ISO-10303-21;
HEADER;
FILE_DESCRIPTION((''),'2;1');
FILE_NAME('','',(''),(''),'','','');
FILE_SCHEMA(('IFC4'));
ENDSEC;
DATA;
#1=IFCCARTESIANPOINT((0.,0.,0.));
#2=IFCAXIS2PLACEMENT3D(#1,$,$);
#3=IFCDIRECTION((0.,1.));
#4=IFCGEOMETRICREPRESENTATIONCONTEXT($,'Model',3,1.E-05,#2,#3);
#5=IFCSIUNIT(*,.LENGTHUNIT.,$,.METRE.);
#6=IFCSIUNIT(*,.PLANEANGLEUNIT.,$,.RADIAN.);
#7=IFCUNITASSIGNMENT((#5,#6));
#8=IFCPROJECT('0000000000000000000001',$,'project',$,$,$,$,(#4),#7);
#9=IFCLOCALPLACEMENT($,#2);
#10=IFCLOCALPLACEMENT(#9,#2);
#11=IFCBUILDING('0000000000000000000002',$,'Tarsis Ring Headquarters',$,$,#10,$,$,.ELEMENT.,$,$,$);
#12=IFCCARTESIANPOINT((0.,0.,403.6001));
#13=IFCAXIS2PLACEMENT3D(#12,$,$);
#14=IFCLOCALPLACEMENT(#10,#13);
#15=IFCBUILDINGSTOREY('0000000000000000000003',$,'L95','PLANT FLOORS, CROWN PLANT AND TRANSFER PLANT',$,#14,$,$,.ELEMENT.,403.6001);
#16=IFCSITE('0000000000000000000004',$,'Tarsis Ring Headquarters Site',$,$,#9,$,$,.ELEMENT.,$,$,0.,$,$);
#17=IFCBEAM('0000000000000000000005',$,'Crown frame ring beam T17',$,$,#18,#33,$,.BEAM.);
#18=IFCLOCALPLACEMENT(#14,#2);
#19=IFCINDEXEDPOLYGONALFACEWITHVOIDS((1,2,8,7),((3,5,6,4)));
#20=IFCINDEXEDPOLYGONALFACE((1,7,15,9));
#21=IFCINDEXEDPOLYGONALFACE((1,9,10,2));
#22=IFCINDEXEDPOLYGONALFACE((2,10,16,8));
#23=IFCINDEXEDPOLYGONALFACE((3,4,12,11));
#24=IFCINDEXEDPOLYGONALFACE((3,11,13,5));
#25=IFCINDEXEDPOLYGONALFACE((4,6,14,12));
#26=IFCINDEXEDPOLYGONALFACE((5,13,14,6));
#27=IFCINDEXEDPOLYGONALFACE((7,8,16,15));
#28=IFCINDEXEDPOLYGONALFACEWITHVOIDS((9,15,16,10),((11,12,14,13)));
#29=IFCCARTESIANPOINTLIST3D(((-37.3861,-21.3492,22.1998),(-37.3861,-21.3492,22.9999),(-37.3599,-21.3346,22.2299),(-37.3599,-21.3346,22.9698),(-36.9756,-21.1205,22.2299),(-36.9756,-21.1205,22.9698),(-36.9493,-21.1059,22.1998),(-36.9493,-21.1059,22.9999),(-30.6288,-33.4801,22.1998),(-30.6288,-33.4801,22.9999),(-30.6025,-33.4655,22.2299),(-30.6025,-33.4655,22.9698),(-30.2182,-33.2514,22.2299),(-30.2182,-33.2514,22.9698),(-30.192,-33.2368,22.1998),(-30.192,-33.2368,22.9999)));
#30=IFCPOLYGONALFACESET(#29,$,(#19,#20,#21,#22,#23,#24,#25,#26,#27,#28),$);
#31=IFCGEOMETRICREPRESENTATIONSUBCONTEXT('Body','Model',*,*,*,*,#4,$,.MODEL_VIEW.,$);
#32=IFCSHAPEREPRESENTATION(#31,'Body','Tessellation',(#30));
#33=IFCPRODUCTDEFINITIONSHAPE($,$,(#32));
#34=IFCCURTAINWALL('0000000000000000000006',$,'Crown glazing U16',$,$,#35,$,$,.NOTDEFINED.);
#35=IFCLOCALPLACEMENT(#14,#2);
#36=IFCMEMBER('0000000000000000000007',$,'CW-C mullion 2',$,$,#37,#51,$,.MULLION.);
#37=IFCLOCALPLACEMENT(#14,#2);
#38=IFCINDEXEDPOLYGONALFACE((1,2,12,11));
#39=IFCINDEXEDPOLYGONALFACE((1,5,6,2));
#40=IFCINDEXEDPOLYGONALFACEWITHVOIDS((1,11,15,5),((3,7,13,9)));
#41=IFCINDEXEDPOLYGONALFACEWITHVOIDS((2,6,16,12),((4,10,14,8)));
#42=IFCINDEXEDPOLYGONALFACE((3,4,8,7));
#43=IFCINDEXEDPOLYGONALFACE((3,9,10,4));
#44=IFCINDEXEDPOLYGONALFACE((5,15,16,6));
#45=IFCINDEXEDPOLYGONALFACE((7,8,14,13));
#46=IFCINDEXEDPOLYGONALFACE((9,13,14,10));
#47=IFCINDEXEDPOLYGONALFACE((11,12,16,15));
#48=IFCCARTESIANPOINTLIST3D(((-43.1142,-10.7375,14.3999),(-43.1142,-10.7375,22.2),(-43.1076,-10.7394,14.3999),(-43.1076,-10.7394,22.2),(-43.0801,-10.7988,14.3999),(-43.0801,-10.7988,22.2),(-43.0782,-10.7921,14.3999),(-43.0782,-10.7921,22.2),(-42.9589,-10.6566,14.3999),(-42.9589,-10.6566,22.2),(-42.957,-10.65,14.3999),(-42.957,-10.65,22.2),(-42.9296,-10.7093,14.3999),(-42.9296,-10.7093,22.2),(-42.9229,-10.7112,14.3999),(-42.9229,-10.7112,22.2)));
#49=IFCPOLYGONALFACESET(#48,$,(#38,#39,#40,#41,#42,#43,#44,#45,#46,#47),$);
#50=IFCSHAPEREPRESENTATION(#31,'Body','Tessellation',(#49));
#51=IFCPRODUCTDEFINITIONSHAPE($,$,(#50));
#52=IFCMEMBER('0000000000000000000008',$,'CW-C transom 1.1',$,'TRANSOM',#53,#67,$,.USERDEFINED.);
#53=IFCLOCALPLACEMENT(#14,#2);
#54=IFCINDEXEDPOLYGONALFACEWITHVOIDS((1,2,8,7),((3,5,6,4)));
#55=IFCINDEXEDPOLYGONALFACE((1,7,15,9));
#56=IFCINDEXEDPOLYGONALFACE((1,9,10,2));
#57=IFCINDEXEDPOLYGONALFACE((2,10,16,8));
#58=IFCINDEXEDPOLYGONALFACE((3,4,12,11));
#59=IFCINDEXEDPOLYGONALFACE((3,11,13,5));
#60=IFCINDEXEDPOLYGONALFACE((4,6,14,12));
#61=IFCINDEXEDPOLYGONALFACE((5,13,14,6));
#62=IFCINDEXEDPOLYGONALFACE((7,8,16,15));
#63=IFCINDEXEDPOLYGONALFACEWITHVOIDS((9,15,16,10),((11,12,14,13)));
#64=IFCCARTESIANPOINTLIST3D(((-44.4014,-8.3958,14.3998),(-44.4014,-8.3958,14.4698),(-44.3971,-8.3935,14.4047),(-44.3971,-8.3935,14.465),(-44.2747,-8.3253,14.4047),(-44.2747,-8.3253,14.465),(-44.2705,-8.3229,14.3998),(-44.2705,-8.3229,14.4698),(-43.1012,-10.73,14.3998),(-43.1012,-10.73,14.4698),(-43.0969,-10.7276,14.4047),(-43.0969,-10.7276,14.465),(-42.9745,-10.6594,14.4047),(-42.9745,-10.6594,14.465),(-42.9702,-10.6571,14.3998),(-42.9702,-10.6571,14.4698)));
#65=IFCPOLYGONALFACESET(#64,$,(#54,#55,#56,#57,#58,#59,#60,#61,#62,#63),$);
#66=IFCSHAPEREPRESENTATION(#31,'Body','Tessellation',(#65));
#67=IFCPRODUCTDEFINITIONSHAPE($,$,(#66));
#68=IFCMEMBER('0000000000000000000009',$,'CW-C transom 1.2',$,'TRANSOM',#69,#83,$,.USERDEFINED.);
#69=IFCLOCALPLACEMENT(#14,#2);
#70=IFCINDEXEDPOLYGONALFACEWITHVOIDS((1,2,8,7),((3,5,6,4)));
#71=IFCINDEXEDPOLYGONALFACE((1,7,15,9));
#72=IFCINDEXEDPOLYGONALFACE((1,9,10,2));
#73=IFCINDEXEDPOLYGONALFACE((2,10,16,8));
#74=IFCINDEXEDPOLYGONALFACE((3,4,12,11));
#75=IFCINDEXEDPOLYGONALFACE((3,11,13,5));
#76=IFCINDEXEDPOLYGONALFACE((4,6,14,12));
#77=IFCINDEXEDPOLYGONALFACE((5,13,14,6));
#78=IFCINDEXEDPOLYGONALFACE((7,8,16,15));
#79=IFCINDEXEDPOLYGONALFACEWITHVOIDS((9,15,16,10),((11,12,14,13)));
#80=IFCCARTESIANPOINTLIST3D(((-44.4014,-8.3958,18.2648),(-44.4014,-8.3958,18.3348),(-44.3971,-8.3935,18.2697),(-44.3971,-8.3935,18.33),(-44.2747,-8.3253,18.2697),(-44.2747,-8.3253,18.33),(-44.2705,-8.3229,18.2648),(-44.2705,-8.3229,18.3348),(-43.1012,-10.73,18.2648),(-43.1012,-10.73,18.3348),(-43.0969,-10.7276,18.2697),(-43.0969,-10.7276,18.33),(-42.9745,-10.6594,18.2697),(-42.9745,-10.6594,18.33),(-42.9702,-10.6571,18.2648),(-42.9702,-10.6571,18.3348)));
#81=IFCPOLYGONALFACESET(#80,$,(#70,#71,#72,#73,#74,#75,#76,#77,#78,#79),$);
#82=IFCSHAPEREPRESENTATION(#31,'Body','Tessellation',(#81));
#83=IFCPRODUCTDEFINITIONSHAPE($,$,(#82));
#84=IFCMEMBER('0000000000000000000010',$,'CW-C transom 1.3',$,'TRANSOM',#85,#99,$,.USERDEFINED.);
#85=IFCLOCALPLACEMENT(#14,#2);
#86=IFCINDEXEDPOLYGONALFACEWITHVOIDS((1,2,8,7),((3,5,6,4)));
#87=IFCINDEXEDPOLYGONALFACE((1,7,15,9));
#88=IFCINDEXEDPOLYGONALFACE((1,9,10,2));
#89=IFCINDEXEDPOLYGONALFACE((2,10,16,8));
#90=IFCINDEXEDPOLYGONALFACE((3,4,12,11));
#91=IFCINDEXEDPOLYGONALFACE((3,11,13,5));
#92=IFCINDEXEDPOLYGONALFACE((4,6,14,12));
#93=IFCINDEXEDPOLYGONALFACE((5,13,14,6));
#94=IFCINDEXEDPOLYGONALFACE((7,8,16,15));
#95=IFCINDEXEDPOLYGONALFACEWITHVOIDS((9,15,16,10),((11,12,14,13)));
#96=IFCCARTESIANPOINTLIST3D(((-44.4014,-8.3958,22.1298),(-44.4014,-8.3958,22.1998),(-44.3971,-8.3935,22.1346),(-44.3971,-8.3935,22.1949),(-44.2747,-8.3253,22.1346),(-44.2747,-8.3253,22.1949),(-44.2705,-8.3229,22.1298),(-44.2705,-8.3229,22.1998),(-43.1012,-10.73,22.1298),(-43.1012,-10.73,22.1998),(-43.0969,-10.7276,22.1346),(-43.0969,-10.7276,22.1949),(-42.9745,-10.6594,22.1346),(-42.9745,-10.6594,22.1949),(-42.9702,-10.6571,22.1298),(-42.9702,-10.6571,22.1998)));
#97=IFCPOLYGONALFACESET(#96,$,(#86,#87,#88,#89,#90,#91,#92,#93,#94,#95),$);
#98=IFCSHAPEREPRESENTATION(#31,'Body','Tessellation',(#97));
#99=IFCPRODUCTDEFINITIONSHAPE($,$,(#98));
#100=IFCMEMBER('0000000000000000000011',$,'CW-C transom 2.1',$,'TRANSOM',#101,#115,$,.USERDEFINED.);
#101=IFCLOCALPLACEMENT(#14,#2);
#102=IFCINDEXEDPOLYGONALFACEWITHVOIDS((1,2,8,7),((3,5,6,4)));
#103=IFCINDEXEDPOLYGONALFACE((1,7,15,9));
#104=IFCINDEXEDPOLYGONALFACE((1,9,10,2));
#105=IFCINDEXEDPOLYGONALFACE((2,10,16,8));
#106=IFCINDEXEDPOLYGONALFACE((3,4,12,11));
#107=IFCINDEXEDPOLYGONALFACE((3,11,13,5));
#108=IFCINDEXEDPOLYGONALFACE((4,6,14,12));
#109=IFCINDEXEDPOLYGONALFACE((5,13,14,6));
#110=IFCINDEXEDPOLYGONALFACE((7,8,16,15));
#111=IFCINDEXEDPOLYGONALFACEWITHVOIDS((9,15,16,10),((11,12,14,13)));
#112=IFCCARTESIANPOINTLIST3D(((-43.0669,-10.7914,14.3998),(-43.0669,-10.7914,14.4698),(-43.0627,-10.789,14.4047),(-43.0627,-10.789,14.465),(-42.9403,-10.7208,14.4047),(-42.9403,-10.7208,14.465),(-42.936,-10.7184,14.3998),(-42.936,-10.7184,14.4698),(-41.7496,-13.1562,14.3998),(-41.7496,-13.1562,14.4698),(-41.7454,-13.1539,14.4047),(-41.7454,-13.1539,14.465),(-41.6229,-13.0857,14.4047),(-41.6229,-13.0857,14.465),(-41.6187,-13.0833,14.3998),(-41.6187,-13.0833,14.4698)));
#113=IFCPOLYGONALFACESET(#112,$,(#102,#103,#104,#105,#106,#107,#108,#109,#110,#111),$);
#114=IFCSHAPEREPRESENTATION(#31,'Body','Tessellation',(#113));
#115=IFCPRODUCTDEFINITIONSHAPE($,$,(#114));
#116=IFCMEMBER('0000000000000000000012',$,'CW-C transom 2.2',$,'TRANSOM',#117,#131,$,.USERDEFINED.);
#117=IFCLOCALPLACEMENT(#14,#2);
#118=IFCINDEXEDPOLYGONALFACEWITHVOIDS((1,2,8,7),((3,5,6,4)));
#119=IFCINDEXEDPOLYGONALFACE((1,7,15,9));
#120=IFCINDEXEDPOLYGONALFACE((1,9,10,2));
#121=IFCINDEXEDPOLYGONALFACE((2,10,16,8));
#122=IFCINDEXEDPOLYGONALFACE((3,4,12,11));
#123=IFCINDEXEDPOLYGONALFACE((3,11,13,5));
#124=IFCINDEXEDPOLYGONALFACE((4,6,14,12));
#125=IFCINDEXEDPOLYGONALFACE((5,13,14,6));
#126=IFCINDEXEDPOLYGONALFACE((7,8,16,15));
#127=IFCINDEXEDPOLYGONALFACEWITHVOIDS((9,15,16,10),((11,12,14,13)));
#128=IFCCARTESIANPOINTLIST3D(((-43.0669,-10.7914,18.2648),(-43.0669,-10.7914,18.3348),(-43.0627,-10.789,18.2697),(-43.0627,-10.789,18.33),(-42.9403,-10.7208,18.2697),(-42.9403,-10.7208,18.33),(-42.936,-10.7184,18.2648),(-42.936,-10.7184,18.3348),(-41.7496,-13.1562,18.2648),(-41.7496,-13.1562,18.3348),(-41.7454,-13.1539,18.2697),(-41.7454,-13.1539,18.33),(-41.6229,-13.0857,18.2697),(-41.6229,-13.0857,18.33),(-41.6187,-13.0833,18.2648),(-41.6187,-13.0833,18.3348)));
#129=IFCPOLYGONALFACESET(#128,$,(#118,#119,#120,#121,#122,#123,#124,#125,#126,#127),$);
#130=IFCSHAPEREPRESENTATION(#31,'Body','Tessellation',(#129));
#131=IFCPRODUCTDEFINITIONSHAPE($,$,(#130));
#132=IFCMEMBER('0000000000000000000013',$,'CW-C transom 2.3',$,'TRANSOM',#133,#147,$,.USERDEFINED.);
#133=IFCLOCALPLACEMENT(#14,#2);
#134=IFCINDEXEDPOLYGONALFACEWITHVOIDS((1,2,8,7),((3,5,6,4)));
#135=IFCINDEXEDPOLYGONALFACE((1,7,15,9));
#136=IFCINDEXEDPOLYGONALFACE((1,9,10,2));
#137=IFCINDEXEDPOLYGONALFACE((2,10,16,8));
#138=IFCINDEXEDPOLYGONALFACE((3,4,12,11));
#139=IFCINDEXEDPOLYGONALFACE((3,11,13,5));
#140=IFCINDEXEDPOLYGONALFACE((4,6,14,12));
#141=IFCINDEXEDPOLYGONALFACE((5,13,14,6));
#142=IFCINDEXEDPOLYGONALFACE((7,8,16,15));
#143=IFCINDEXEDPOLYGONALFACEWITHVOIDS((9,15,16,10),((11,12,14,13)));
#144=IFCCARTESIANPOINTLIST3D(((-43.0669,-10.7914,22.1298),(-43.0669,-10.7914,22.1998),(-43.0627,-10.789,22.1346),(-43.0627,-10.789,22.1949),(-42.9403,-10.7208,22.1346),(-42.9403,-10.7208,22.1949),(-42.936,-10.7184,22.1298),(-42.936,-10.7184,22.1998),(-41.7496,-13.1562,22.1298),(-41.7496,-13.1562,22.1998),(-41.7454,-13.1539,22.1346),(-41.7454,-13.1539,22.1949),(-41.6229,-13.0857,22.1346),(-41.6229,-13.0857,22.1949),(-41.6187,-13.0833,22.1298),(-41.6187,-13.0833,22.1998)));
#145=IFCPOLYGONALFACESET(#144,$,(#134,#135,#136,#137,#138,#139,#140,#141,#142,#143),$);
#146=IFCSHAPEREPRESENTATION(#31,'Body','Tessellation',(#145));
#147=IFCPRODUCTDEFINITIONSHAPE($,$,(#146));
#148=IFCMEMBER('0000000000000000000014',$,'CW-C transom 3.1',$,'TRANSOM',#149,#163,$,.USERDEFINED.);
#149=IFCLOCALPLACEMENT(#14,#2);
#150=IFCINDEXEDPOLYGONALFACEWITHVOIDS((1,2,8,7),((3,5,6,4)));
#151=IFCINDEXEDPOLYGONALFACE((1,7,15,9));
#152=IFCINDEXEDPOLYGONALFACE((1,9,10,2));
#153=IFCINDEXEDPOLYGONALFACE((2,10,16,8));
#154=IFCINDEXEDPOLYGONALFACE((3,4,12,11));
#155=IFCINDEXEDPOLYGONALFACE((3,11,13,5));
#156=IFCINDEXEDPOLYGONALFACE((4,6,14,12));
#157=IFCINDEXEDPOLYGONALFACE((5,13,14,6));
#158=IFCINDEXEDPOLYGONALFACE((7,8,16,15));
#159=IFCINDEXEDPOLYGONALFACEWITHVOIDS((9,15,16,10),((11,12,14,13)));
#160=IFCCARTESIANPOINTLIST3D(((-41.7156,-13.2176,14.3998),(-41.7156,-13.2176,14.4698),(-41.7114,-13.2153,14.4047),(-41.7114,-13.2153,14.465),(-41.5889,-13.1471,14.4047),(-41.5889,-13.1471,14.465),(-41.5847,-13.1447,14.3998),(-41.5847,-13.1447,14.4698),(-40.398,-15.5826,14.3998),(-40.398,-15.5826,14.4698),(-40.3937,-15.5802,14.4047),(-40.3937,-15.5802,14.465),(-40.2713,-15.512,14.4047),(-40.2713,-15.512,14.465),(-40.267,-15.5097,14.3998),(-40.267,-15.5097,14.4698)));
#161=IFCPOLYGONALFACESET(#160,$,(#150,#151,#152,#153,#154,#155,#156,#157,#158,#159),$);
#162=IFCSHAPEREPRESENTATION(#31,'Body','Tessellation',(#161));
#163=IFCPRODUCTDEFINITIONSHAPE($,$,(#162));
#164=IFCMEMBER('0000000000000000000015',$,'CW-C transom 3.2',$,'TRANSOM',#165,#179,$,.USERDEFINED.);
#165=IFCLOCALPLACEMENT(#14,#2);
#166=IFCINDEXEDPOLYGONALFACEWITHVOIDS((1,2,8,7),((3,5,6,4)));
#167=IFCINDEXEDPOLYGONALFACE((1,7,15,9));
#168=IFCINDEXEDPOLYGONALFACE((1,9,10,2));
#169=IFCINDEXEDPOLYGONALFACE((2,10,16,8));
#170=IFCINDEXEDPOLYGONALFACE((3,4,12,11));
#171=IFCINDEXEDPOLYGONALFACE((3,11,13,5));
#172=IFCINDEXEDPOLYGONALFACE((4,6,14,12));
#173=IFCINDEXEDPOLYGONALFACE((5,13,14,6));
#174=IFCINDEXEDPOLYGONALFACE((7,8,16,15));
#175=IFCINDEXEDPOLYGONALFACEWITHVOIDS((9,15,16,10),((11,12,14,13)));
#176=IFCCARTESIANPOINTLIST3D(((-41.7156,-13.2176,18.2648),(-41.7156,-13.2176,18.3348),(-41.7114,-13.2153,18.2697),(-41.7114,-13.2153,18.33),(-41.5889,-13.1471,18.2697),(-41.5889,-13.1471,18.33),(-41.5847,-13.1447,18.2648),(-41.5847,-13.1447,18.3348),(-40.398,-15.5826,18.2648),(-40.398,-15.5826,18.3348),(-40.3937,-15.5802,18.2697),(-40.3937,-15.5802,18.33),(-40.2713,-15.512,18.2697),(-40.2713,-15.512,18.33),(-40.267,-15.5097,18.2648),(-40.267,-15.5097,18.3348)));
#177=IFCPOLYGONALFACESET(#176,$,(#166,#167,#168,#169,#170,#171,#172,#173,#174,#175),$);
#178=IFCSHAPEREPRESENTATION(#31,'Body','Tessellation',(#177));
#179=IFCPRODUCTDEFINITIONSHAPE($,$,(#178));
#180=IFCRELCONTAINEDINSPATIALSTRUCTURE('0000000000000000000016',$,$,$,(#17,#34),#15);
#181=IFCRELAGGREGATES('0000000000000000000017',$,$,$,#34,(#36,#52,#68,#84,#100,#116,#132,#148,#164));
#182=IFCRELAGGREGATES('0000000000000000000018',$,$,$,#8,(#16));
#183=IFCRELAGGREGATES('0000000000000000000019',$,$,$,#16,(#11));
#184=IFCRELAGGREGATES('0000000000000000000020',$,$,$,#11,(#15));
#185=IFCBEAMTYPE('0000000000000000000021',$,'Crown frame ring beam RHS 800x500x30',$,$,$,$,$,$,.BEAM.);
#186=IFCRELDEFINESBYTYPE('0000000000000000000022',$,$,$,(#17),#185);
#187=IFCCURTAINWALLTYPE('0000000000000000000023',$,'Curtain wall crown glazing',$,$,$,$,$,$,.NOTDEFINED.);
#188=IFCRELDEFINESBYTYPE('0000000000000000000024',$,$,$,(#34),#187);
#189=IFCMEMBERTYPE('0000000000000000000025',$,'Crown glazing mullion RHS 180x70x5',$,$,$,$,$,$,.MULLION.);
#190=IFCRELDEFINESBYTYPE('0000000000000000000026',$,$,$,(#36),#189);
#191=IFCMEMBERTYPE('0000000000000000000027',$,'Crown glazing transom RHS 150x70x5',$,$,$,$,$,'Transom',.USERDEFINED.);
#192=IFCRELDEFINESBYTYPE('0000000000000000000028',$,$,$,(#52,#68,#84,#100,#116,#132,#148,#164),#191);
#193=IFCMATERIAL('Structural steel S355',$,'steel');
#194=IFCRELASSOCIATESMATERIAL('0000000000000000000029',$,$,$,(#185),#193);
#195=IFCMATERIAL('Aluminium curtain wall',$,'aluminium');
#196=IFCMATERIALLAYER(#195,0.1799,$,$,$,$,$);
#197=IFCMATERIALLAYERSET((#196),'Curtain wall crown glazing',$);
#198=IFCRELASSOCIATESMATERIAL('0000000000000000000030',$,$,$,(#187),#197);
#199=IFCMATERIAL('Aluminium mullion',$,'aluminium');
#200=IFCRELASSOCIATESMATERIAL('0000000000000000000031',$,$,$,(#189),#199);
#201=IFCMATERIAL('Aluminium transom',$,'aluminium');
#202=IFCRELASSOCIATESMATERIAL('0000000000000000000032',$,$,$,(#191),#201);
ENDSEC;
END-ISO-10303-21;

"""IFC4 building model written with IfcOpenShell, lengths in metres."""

from ifc_helpers import new_model, si_unit, direction, frame, origin, origin_2d, place, context, subcontext, project, spatial, hollow_rectangle, extrude, material, layer, layer_set, material_profile, profile_set, type_object, element, aggregate, save


model = new_model("IFC4")

# Units and contexts
model_context = context("Model", 3, precision=1e-05, world=origin(), true_north=direction((0.0, 1.0)))
body_context = subcontext(model_context, "Body", "Model", "MODEL_VIEW")
ifc_project = project(units=[si_unit("LENGTHUNIT", "METRE"), si_unit("PLANEANGLEUNIT", "RADIAN")], contexts=[model_context])

# Site, building, storey
site_placement = place(None, origin())
site = spatial("IfcSite", under=ifc_project, at=site_placement, Name="Tarsis Ring Headquarters Site", CompositionType="ELEMENT", RefElevation=0.0)
building_placement = place(site_placement, origin())
building = spatial("IfcBuilding", under=site, at=building_placement, Name="Tarsis Ring Headquarters", CompositionType="ELEMENT")
storey_placement = place(building_placement, frame((0.0, 0.0, 403.6001)))
storey = spatial("IfcBuildingStorey", under=building, at=storey_placement, Name="L95", Description="PLANT FLOORS, CROWN PLANT AND TRANSFER PLANT", CompositionType="ELEMENT", Elevation=403.6001)

# Beam
ifc_material_1 = material(Name="Structural steel S355", Category="steel")
ifc_material_profile_1 = material_profile(ifc_material_1, hollow_rectangle(XDim=0.5, YDim=0.8, WallThickness=0.03, at=origin_2d()), Name="RHS 800x500x30")
ifc_profile_set_1 = profile_set([ifc_material_profile_1], Name="Structural steel S355")
beam_type = type_object("IfcBeamType", Name="Crown frame ring beam RHS 800x500x30", PredefinedType="BEAM", material=ifc_profile_set_1)
beam_placement = place(storey_placement, frame((-37.1677, -21.2275, 22.5999), z_axis=(0.486631, -0.873608, 0.0), x_axis=(0.873608, 0.486631, 0.0)))
element("IfcBeam", 1, at=beam_placement, inside=storey, type_object=beam_type, Name="Crown frame ring beam T17", PredefinedType="BEAM", context=body_context, shape_type="SweptSolid", body=[
    extrude(hollow_rectangle(XDim=0.5, YDim=0.8, WallThickness=0.03, at=origin_2d()), origin(), (0.0, 0.0, 1.0), 13.886),
])

# Curtain wall, members
ifc_material_2 = material(Name="Aluminium curtain wall", Category="aluminium")
ifc_layer_1 = layer(ifc_material_2, 0.1799)
ifc_layer_set_1 = layer_set([ifc_layer_1], Name="Curtain wall crown glazing")
curtain_wall_type = type_object("IfcCurtainWallType", Name="Curtain wall crown glazing", PredefinedType="NOTDEFINED", material=ifc_layer_set_1)
curtain_wall_placement = place(storey_placement, origin())
curtain_wall = element("IfcCurtainWall", 2, at=curtain_wall_placement, inside=storey, type_object=curtain_wall_type, Name="Crown glazing U16", PredefinedType="NOTDEFINED")
ifc_material_3 = material(Name="Aluminium mullion", Category="aluminium")
ifc_material_profile_2 = material_profile(ifc_material_3, hollow_rectangle(XDim=0.1799, YDim=0.0701, WallThickness=0.0049, at=origin_2d()), Name="RHS 180x70x5")
ifc_profile_set_2 = profile_set([ifc_material_profile_2], Name="Aluminium mullion")
member_type_1 = type_object("IfcMemberType", Name="Crown glazing mullion RHS 180x70x5", PredefinedType="MULLION", material=ifc_profile_set_2)
member_1_placement = place(storey_placement, frame((-43.0186, -10.7244, 14.3999), z_axis=(0.0, 0.0, 1.0), x_axis=(0.873602, 0.48664, 0.0)))
member_1 = element("IfcMember", 3, at=member_1_placement, type_object=member_type_1, Name="CW-C mullion 2", PredefinedType="MULLION", context=body_context, shape_type="SweptSolid", body=[
    extrude(hollow_rectangle(XDim=0.1799, YDim=0.0701, WallThickness=0.0049, at=origin_2d()), origin(), (0.0, 0.0, 1.0), 7.8),
])
ifc_material_4 = material(Name="Aluminium transom", Category="aluminium")
ifc_material_profile_3 = material_profile(ifc_material_4, hollow_rectangle(XDim=0.1499, YDim=0.0701, WallThickness=0.0049, at=origin_2d()), Name="RHS 150x70x5")
ifc_profile_set_3 = profile_set([ifc_material_profile_3], Name="Aluminium transom")
member_type_2 = type_object("IfcMemberType", Name="Crown glazing transom RHS 150x70x5", ElementType="Transom", PredefinedType="USERDEFINED", material=ifc_profile_set_3)
member_2_placement = place(storey_placement, frame((-44.3359, -8.3594, 14.4348), z_axis=(0.486643, -0.873601, 0.0), x_axis=(0.873601, 0.486643, 0.0)))
member_2 = element("IfcMember", 4, at=member_2_placement, type_object=member_type_2, Name="CW-C transom 1.1", ObjectType="TRANSOM", PredefinedType="USERDEFINED", context=body_context, shape_type="SweptSolid", body=[
    extrude(hollow_rectangle(XDim=0.1499, YDim=0.0701, WallThickness=0.0049, at=origin_2d()), origin(), (0.0, 0.0, 1.0), 2.6719),
])
member_3_placement = place(storey_placement, frame((-44.3359, -8.3594, 18.2998), z_axis=(0.486643, -0.873601, 0.0), x_axis=(0.873601, 0.486643, 0.0)))
member_3 = element("IfcMember", 5, at=member_3_placement, type_object=member_type_2, Name="CW-C transom 1.2", ObjectType="TRANSOM", PredefinedType="USERDEFINED", context=body_context, shape_type="SweptSolid", body=[
    extrude(hollow_rectangle(XDim=0.1499, YDim=0.0701, WallThickness=0.0049, at=origin_2d()), origin(), (0.0, 0.0, 1.0), 2.6719),
])
member_4_placement = place(storey_placement, frame((-44.3359, -8.3594, 22.1648), z_axis=(0.486643, -0.873601, 0.0), x_axis=(0.873601, 0.486643, 0.0)))
member_4 = element("IfcMember", 6, at=member_4_placement, type_object=member_type_2, Name="CW-C transom 1.3", ObjectType="TRANSOM", PredefinedType="USERDEFINED", context=body_context, shape_type="SweptSolid", body=[
    extrude(hollow_rectangle(XDim=0.1499, YDim=0.0701, WallThickness=0.0049, at=origin_2d()), origin(), (0.0, 0.0, 1.0), 2.6719),
])
member_5_placement = place(storey_placement, frame((-43.0015, -10.7549, 14.4348), z_axis=(0.48663, -0.873608, 0.0), x_axis=(0.873608, 0.48663, 0.0)))
member_5 = element("IfcMember", 7, at=member_5_placement, type_object=member_type_2, Name="CW-C transom 2.1", ObjectType="TRANSOM", PredefinedType="USERDEFINED", context=body_context, shape_type="SweptSolid", body=[
    extrude(hollow_rectangle(XDim=0.1499, YDim=0.0701, WallThickness=0.0049, at=origin_2d()), origin(), (0.0, 0.0, 1.0), 2.707),
])
member_6_placement = place(storey_placement, frame((-43.0015, -10.7549, 18.2998), z_axis=(0.48663, -0.873608, 0.0), x_axis=(0.873608, 0.48663, 0.0)))
member_6 = element("IfcMember", 8, at=member_6_placement, type_object=member_type_2, Name="CW-C transom 2.2", ObjectType="TRANSOM", PredefinedType="USERDEFINED", context=body_context, shape_type="SweptSolid", body=[
    extrude(hollow_rectangle(XDim=0.1499, YDim=0.0701, WallThickness=0.0049, at=origin_2d()), origin(), (0.0, 0.0, 1.0), 2.707),
])
member_7_placement = place(storey_placement, frame((-43.0015, -10.7549, 22.1648), z_axis=(0.48663, -0.873608, 0.0), x_axis=(0.873608, 0.48663, 0.0)))
member_7 = element("IfcMember", 9, at=member_7_placement, type_object=member_type_2, Name="CW-C transom 2.3", ObjectType="TRANSOM", PredefinedType="USERDEFINED", context=body_context, shape_type="SweptSolid", body=[
    extrude(hollow_rectangle(XDim=0.1499, YDim=0.0701, WallThickness=0.0049, at=origin_2d()), origin(), (0.0, 0.0, 1.0), 2.707),
])
member_8_placement = place(storey_placement, frame((-41.6501, -13.1812, 14.4348), z_axis=(0.486699, -0.87357, 0.0), x_axis=(0.87357, 0.486699, 0.0)))
member_8 = element("IfcMember", 10, at=member_8_placement, type_object=member_type_2, Name="CW-C transom 3.1", ObjectType="TRANSOM", PredefinedType="USERDEFINED", context=body_context, shape_type="SweptSolid", body=[
    extrude(hollow_rectangle(XDim=0.1499, YDim=0.0701, WallThickness=0.0049, at=origin_2d()), origin(), (0.0, 0.0, 1.0), 2.7073),
])
member_9_placement = place(storey_placement, frame((-41.6501, -13.1812, 18.2998), z_axis=(0.486699, -0.87357, 0.0), x_axis=(0.87357, 0.486699, 0.0)))
member_9 = element("IfcMember", 11, at=member_9_placement, type_object=member_type_2, Name="CW-C transom 3.2", ObjectType="TRANSOM", PredefinedType="USERDEFINED", context=body_context, shape_type="SweptSolid", body=[
    extrude(hollow_rectangle(XDim=0.1499, YDim=0.0701, WallThickness=0.0049, at=origin_2d()), origin(), (0.0, 0.0, 1.0), 2.7073),
])
aggregate(curtain_wall, [member_1, member_2, member_3, member_4, member_5, member_6, member_7, member_8, member_9])

save(model, "model.ifc")
